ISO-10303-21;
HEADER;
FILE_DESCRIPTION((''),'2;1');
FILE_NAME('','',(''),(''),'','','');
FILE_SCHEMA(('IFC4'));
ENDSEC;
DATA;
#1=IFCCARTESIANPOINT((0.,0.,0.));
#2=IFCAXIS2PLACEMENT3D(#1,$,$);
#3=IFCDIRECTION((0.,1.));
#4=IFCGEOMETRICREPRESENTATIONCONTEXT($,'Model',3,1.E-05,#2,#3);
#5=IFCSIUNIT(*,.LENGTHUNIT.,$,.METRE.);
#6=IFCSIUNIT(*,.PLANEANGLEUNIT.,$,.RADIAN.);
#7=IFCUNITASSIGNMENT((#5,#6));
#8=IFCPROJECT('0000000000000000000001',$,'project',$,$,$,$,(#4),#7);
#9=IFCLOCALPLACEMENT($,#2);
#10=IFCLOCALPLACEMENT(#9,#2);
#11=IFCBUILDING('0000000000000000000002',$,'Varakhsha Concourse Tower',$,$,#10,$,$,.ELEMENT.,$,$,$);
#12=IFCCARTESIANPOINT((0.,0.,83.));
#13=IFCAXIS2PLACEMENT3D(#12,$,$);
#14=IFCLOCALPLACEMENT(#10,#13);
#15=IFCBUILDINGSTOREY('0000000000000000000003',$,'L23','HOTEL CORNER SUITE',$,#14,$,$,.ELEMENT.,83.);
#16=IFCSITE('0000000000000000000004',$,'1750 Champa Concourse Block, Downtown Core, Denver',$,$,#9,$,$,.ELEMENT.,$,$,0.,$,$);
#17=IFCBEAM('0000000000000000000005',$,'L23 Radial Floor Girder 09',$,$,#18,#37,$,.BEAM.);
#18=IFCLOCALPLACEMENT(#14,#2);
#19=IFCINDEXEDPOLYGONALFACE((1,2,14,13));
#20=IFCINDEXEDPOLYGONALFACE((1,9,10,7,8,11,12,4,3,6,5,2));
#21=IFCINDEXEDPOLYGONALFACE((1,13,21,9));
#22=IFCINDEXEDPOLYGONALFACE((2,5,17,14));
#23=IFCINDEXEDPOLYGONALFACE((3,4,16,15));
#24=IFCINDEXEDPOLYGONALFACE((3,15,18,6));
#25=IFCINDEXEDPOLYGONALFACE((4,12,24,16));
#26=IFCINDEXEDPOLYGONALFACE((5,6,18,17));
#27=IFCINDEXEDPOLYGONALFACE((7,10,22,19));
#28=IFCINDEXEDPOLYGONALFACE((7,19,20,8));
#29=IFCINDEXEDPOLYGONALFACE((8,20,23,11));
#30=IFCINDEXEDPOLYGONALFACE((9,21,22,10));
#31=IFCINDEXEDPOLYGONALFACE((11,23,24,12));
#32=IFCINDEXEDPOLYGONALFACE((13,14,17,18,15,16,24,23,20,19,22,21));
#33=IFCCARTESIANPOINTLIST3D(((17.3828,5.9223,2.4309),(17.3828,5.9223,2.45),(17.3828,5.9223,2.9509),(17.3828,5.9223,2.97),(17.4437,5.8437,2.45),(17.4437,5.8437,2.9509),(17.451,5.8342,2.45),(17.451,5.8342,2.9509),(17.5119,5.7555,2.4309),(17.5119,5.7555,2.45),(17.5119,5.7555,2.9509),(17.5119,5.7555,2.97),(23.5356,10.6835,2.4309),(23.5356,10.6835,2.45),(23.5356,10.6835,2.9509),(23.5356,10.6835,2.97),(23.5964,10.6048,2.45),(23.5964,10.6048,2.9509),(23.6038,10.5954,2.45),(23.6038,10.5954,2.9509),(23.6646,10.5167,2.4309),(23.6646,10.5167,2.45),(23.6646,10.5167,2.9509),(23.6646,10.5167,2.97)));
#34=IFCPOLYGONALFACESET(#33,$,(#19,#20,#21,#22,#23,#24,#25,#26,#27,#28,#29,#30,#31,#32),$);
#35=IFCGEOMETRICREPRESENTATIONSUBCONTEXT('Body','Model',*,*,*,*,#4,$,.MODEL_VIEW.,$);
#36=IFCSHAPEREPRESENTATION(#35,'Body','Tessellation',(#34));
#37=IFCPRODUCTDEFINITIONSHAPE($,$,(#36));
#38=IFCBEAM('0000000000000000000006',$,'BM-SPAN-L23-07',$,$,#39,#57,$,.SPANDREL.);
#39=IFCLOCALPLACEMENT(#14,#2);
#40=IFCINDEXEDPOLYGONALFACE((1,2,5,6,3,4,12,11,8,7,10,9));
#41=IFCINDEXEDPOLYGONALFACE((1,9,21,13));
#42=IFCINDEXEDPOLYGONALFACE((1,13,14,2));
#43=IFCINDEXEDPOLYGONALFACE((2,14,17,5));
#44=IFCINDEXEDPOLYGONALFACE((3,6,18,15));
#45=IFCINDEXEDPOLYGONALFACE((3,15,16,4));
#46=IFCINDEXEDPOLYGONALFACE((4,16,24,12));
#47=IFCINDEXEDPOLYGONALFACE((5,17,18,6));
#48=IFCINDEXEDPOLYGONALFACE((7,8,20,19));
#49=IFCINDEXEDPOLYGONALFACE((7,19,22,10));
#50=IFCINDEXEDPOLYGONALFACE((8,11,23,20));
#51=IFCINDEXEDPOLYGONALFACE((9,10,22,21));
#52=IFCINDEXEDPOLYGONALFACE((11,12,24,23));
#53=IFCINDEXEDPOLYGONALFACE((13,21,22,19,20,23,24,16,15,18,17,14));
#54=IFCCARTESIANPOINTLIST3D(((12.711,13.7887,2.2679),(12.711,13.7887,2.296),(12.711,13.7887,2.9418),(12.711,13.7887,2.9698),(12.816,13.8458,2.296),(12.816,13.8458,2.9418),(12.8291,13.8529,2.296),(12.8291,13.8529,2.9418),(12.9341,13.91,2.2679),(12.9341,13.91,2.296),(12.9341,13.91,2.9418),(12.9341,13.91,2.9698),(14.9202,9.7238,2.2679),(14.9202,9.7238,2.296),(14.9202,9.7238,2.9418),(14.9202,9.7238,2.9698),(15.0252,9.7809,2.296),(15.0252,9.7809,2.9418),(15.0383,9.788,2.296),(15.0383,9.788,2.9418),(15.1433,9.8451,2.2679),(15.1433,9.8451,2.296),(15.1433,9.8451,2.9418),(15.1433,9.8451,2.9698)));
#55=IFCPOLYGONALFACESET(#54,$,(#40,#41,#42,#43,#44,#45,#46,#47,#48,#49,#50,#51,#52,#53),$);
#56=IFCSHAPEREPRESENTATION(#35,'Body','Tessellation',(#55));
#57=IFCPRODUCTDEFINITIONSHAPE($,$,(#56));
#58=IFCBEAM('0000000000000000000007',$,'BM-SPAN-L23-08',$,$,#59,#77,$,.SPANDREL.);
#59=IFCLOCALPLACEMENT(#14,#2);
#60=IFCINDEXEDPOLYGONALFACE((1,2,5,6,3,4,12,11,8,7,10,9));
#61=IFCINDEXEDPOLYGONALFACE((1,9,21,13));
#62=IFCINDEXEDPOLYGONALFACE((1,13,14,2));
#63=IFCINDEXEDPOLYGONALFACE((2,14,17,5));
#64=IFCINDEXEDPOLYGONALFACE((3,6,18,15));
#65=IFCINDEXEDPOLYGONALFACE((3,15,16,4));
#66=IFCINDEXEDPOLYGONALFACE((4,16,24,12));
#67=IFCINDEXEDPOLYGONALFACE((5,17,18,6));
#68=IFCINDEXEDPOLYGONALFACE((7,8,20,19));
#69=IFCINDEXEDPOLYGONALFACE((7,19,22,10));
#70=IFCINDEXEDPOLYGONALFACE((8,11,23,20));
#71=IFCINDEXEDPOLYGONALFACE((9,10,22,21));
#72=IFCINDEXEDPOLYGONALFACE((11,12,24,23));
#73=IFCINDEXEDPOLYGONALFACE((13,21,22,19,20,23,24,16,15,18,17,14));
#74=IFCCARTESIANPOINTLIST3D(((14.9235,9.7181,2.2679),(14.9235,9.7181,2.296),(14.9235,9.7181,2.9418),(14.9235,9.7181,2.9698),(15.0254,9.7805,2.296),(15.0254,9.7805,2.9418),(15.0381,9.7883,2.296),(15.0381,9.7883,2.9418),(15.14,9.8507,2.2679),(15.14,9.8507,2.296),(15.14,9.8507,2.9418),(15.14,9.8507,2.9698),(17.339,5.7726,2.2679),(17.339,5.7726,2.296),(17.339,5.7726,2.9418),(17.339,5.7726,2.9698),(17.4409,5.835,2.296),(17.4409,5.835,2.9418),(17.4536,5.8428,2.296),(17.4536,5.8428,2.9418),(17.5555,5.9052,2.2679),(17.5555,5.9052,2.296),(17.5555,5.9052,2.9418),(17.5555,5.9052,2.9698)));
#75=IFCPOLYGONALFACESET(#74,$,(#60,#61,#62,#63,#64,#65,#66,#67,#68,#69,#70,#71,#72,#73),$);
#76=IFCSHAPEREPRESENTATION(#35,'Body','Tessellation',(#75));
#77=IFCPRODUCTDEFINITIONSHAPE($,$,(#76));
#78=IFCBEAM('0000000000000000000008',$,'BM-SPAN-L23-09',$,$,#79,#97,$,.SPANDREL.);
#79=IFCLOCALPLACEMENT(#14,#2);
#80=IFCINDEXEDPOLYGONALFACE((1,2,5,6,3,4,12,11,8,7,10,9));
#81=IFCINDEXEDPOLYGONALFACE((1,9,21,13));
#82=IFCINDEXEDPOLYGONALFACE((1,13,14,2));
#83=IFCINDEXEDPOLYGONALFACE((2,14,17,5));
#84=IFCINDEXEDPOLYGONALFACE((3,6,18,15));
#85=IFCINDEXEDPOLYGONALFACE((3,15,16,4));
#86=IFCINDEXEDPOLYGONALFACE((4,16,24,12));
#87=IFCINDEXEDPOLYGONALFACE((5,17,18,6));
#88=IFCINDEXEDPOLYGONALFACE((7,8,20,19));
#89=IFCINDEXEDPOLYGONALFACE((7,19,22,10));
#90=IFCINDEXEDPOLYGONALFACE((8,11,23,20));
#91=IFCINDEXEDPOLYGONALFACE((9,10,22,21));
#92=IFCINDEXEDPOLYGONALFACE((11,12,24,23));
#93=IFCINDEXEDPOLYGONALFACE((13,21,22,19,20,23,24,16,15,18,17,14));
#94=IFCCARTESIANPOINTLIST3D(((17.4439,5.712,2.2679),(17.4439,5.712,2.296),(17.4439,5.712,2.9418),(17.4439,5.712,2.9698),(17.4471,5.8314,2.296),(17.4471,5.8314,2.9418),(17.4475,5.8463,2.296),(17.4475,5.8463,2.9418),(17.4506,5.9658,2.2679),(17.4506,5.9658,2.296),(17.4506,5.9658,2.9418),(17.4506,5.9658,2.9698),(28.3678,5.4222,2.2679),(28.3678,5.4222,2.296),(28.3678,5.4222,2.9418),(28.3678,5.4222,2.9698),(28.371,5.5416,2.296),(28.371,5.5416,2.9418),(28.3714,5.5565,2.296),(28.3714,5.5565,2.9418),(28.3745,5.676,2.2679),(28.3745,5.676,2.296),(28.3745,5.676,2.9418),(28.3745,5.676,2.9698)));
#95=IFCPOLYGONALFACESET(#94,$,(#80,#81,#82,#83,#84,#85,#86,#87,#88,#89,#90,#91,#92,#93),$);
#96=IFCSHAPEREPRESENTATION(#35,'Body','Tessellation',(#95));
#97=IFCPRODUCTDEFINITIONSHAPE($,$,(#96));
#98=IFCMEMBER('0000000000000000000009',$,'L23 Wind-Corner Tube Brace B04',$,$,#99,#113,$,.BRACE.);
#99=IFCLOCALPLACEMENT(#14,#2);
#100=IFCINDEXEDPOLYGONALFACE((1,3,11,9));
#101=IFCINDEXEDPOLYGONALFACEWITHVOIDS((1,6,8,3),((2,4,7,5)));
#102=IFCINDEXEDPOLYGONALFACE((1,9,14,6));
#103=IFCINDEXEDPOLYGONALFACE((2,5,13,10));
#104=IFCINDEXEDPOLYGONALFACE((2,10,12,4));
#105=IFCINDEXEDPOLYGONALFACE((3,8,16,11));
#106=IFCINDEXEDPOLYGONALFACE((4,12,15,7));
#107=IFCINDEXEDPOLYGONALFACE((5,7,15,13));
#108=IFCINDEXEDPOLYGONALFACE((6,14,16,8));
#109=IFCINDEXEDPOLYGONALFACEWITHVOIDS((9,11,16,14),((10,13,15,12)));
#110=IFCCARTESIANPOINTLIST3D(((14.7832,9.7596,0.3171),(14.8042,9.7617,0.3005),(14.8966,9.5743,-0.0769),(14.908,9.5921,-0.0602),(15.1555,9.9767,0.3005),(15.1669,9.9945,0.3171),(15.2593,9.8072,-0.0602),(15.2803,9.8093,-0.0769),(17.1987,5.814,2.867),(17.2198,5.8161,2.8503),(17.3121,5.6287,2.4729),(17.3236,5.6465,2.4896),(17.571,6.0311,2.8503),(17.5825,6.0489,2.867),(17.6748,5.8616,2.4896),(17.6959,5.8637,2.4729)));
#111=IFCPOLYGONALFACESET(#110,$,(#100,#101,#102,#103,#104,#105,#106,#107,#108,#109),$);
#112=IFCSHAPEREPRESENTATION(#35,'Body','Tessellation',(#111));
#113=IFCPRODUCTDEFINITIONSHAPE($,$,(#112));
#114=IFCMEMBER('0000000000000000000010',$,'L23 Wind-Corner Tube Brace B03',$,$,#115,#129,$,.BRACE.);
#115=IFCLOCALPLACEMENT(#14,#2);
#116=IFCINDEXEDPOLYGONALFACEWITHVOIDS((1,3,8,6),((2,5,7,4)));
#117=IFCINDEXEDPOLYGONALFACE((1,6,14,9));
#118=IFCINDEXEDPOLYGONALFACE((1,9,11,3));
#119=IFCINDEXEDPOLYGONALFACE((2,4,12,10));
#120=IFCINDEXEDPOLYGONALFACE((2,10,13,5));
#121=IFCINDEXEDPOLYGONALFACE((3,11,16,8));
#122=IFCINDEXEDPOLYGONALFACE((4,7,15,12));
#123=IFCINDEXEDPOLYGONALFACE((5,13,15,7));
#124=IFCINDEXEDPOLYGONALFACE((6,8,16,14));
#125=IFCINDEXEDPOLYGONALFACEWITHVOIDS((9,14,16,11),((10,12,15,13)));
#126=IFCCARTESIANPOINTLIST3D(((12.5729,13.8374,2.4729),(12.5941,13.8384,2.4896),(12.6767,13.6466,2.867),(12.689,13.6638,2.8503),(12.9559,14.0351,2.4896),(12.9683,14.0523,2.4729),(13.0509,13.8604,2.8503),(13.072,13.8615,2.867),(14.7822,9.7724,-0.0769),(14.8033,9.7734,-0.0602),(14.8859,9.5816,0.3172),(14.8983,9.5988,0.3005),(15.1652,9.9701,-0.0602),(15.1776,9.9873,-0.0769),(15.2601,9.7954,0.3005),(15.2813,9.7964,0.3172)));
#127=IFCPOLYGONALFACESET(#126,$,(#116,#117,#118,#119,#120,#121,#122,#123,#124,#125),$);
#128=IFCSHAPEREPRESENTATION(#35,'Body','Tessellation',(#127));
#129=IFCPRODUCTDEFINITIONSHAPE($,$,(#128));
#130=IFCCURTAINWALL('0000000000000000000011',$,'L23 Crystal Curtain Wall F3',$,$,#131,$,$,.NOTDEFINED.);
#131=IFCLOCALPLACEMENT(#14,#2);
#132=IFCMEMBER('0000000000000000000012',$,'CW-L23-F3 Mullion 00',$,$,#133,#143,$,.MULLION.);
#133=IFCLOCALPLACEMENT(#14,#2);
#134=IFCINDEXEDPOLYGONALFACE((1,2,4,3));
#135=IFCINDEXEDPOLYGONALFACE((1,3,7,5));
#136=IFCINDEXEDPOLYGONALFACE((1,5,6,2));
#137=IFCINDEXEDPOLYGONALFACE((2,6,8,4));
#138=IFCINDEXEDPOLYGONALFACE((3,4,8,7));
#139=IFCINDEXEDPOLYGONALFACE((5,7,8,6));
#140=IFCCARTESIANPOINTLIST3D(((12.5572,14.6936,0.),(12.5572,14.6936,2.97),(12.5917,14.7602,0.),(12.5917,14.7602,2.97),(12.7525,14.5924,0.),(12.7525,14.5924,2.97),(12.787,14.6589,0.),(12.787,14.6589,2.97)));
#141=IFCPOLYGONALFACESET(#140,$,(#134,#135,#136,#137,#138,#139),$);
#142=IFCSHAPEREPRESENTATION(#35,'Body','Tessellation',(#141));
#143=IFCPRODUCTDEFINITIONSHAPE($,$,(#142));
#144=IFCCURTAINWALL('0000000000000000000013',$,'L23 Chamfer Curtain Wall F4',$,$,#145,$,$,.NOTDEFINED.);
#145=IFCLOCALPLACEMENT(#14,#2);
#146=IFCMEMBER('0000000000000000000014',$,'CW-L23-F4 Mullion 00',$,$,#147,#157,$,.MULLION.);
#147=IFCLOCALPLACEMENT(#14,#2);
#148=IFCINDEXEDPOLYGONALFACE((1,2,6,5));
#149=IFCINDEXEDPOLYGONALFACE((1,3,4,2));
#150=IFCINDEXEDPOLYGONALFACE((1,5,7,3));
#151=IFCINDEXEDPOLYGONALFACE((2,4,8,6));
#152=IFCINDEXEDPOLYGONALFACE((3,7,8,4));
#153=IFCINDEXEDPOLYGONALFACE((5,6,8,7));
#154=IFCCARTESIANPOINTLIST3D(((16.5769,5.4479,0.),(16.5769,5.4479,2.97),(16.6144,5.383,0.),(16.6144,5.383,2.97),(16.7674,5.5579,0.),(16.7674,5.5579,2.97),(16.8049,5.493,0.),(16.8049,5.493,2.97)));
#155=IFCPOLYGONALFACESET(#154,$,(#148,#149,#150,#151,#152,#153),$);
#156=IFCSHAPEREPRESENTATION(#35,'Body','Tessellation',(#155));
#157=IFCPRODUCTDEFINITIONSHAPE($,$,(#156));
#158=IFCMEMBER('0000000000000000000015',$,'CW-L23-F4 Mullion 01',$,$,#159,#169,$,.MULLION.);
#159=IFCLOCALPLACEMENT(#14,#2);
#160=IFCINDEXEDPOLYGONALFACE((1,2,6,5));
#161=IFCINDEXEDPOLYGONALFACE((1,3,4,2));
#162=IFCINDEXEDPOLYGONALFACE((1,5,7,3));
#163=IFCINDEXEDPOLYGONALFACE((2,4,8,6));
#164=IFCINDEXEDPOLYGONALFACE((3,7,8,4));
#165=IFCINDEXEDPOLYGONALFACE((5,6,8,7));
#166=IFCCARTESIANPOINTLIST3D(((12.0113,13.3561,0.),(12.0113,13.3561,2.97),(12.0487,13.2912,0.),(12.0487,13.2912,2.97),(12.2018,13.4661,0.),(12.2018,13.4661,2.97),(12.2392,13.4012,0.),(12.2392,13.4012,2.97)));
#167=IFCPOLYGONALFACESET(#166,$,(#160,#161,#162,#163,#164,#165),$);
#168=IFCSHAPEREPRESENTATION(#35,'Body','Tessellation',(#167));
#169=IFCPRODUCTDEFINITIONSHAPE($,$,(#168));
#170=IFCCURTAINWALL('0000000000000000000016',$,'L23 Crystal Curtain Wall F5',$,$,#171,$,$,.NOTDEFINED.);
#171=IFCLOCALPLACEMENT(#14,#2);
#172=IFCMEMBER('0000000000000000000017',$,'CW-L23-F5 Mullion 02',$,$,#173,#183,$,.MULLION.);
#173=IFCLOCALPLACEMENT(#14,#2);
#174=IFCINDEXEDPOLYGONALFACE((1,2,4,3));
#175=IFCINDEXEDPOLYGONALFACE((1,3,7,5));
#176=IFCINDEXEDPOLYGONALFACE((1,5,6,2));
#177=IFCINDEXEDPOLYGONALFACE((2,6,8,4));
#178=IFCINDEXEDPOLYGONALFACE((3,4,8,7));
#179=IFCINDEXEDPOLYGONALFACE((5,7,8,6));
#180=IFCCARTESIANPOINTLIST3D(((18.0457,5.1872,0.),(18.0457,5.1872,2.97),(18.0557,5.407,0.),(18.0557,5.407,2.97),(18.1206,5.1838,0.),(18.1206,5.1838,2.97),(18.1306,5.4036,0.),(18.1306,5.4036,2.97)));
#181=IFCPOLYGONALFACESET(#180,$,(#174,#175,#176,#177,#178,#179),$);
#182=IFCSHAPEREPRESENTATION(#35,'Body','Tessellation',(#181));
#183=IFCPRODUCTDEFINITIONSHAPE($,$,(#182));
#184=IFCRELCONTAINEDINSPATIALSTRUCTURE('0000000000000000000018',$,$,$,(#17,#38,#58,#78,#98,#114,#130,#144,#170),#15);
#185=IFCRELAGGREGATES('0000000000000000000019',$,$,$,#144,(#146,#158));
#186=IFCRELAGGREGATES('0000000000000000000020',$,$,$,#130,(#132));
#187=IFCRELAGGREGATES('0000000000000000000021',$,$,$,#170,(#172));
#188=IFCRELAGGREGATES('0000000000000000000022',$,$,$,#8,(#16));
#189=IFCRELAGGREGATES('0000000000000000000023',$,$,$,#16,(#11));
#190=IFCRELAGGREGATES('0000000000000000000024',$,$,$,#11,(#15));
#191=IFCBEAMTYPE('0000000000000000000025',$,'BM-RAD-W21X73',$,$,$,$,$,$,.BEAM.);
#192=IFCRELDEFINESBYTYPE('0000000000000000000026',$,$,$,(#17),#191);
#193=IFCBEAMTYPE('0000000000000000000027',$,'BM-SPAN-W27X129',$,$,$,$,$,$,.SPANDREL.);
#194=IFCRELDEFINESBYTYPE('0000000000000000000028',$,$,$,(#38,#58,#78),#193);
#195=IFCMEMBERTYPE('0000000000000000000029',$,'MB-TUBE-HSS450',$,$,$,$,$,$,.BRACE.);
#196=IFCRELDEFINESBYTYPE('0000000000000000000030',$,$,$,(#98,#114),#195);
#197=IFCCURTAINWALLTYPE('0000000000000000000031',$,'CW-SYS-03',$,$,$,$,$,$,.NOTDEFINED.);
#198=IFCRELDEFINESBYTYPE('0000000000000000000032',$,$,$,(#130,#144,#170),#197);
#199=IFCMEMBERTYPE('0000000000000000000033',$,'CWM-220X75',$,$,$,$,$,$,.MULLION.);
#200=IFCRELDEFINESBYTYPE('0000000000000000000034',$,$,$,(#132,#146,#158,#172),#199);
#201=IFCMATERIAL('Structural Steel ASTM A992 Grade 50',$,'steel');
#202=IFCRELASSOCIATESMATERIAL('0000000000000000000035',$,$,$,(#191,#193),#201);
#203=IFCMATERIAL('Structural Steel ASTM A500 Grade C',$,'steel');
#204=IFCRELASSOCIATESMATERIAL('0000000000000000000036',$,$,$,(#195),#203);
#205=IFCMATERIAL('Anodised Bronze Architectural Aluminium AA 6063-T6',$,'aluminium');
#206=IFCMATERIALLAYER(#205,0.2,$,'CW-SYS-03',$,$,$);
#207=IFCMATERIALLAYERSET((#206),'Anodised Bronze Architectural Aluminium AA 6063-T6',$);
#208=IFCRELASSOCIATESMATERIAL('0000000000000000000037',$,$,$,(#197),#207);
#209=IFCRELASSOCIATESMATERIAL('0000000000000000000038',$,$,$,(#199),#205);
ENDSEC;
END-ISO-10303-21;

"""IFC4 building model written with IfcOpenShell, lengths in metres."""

from ifc_helpers import new_model, si_unit, direction, frame, origin, origin_2d, place, context, subcontext, project, spatial, rectangle, hollow_rectangle, i_section, extrude, source, transform, mapped, material, layer, layer_set, material_profile, profile_set, type_object, type_shapes, element, aggregate, save


model = new_model("IFC4")

# Units and contexts
model_context = context("Model", 3, precision=1e-05, world=origin(), true_north=direction((0.0, 1.0)))
body_context = subcontext(model_context, "Body", "Model", "MODEL_VIEW")
ifc_project = project(units=[si_unit("LENGTHUNIT", "METRE"), si_unit("PLANEANGLEUNIT", "RADIAN")], contexts=[model_context])

# Site, building, storey
site_placement = place(None, origin())
site = spatial("IfcSite", under=ifc_project, at=site_placement, Name="1750 Champa Concourse Block, Downtown Core, Denver", CompositionType="ELEMENT", RefElevation=0.0)
building_placement = place(site_placement, origin())
building = spatial("IfcBuilding", under=site, at=building_placement, Name="Varakhsha Concourse Tower", CompositionType="ELEMENT")
storey_placement = place(building_placement, frame((0.0, 0.0, 83.0)))
storey = spatial("IfcBuildingStorey", under=building, at=storey_placement, Name="L23", Description="HOTEL CORNER SUITE", CompositionType="ELEMENT", Elevation=83.0)

# Shared definitions
ifc_material_1 = material(Name="Structural Steel ASTM A992 Grade 50", Category="steel")

# Beams
ifc_material_profile_1 = material_profile(ifc_material_1, i_section(OverallWidth=0.2109, OverallDepth=0.5391, WebThickness=0.012, FlangeThickness=0.019, at=origin_2d()), Name="W21X73")
ifc_profile_set_1 = profile_set([ifc_material_profile_1], Name="Structural Steel ASTM A992 Grade 50")
beam_type_1 = type_object("IfcBeamType", Name="BM-RAD-W21X73", PredefinedType="BEAM", material=ifc_profile_set_1)
beam_1_placement = place(storey_placement, frame((23.6001, 10.6001, 2.7004), z_axis=(-0.790864, -0.611992, 0.0), x_axis=(0.611992, -0.790864, 0.0)))
element("IfcBeam", 1, at=beam_1_placement, inside=storey, type_object=beam_type_1, Name="L23 Radial Floor Girder 09", PredefinedType="BEAM", context=body_context, shape_type="SweptSolid", body=[
    extrude(i_section(OverallWidth=0.2109, OverallDepth=0.5391, WebThickness=0.012, FlangeThickness=0.019, at=origin_2d()), origin(), (0.0, 0.0, 1.0), 7.7798),
])
ifc_material_profile_2 = material_profile(ifc_material_1, i_section(OverallWidth=0.2539, OverallDepth=0.7019, WebThickness=0.0149, FlangeThickness=0.0281, at=origin_2d()), Name="W27X129")
ifc_profile_set_2 = profile_set([ifc_material_profile_2], Name="Structural Steel ASTM A992 Grade 50")
beam_type_2 = type_object("IfcBeamType", Name="BM-SPAN-W27X129", PredefinedType="SPANDREL", material=ifc_profile_set_2)
beam_2_placement = place(storey_placement, frame((12.8225, 13.8494, 2.6189), z_axis=(0.477517, -0.878623, 0.0), x_axis=(0.878623, 0.477517, 0.0)))
element("IfcBeam", 2, at=beam_2_placement, inside=storey, type_object=beam_type_2, Name="BM-SPAN-L23-07", PredefinedType="SPANDREL", context=body_context, shape_type="SweptSolid", body=[
    extrude(i_section(OverallWidth=0.2539, OverallDepth=0.7019, WebThickness=0.0149, FlangeThickness=0.0281, at=origin_2d()), origin(), (0.0, 0.0, 1.0), 4.6265),
])
beam_3_placement = place(storey_placement, frame((15.0317, 9.7844, 2.6189), z_axis=(0.522135, -0.852863, 0.0), x_axis=(0.852863, 0.522135, 0.0)))
element("IfcBeam", 3, at=beam_3_placement, inside=storey, type_object=beam_type_2, Name="BM-SPAN-L23-08", PredefinedType="SPANDREL", context=body_context, shape_type="SweptSolid", body=[
    extrude(i_section(OverallWidth=0.2539, OverallDepth=0.7019, WebThickness=0.0149, FlangeThickness=0.0281, at=origin_2d()), origin(), (0.0, 0.0, 1.0), 4.6262),
])
beam_4_placement = place(storey_placement, frame((17.4473, 5.8389, 2.6189), z_axis=(0.999648, -0.026519, 0.0), x_axis=(0.026519, 0.999648, 0.0)))
element("IfcBeam", 4, at=beam_4_placement, inside=storey, type_object=beam_type_2, Name="BM-SPAN-L23-09", PredefinedType="SPANDREL", context=body_context, shape_type="SweptSolid", body=[
    extrude(i_section(OverallWidth=0.2539, OverallDepth=0.7019, WebThickness=0.0149, FlangeThickness=0.0281, at=origin_2d()), origin(), (0.0, 0.0, 1.0), 10.9277),
])

# Members
ifc_material_2 = material(Name="Structural Steel ASTM A500 Grade C", Category="steel")
ifc_material_profile_3 = material_profile(ifc_material_2, hollow_rectangle(XDim=0.45, YDim=0.45, WallThickness=0.019, at=origin_2d()), Name="HSS 450x450x19")
ifc_profile_set_3 = profile_set([ifc_material_profile_3], Name="Structural Steel ASTM A500 Grade C")
member_type_1 = type_object("IfcMemberType", Name="MB-TUBE-HSS450", PredefinedType="BRACE", material=ifc_profile_set_3)
shared_shape_1 = source(origin(), body_context, "Body", "SweptSolid", [
    extrude(hollow_rectangle(XDim=0.45, YDim=0.45, WallThickness=0.019, at=origin_2d()), origin(), (0.0, 0.0, 1.0), 5.2825),
])
member_1_placement = place(storey_placement, frame((15.0317, 9.7844, 0.1201), z_axis=(0.457279, -0.746926, 0.482699), x_axis=(0.852863, 0.522135, 0.0)))
element("IfcMember", 5, at=member_1_placement, inside=storey, type_object=member_type_1, Name="L23 Wind-Corner Tube Brace B04", PredefinedType="BRACE", context=body_context, shape_type="MappedRepresentation", body=[
    mapped(shared_shape_1, transform((0.0, 0.0, 0.0), scale=1.0)),
])
shared_shape_2 = source(origin(), body_context, "Body", "SweptSolid", [
    extrude(hollow_rectangle(XDim=0.45, YDim=0.45, WallThickness=0.019, at=origin_2d()), origin(), (0.0, 0.0, 1.0), 5.2827),
])
type_shapes(member_type_1, [shared_shape_1, shared_shape_2])
member_2_placement = place(storey_placement, frame((15.0317, 9.7844, 0.1201), z_axis=(-0.418208, 0.769495, 0.482679), x_axis=(-0.878623, -0.477517, 0.0)))
element("IfcMember", 6, at=member_2_placement, inside=storey, type_object=member_type_1, Name="L23 Wind-Corner Tube Brace B03", PredefinedType="BRACE", context=body_context, shape_type="MappedRepresentation", body=[
    mapped(shared_shape_2, transform((0.0, 0.0, 0.0), scale=1.0)),
])

# Curtain wall, member
ifc_material_3 = material(Name="Anodised Bronze Architectural Aluminium AA 6063-T6", Category="aluminium")
ifc_layer_1 = layer(ifc_material_3, 0.2, Name="CW-SYS-03")
ifc_layer_set_1 = layer_set([ifc_layer_1], Name="Anodised Bronze Architectural Aluminium AA 6063-T6")
curtain_wall_type = type_object("IfcCurtainWallType", Name="CW-SYS-03", PredefinedType="NOTDEFINED", material=ifc_layer_set_1)
curtain_wall_1_placement = place(storey_placement, origin())
curtain_wall_1 = element("IfcCurtainWall", 7, at=curtain_wall_1_placement, inside=storey, type_object=curtain_wall_type, Name="L23 Crystal Curtain Wall F3", PredefinedType="NOTDEFINED")
ifc_material_profile_4 = material_profile(ifc_material_3, rectangle(XDim=0.075, YDim=0.22, at=origin_2d()), Name="CWM-220X75")
ifc_profile_set_4 = profile_set([ifc_material_profile_4], Name="Anodised Bronze Architectural Aluminium AA 6063-T6")
member_type_2 = type_object("IfcMemberType", Name="CWM-220X75", PredefinedType="MULLION", material=ifc_profile_set_4)
shared_shape_3 = source(origin(), body_context, "Body", "SweptSolid", [
    extrude(rectangle(XDim=0.075, YDim=0.22, at=origin_2d()), origin(), (0.0, 0.0, 1.0), 2.97),
])
type_shapes(member_type_2, [shared_shape_3])
member_3_placement = place(storey_placement, frame((12.6721, 14.6763, 0.0), z_axis=(0.0, 0.0, 1.0), x_axis=(0.460186, 0.887823, 0.0)))
member_3 = element("IfcMember", 8, at=member_3_placement, type_object=member_type_2, Name="CW-L23-F3 Mullion 00", PredefinedType="MULLION", context=body_context, shape_type="MappedRepresentation", body=[
    mapped(shared_shape_3, transform((0.0, 0.0, 0.0), scale=1.0)),
])

# Curtain wall, members
curtain_wall_2_placement = place(storey_placement, origin())
curtain_wall_2 = element("IfcCurtainWall", 9, at=curtain_wall_2_placement, inside=storey, type_object=curtain_wall_type, Name="L23 Chamfer Curtain Wall F4", PredefinedType="NOTDEFINED")
member_4_placement = place(storey_placement, frame((16.6909, 5.4705, 0.0), z_axis=(0.0, 0.0, 1.0), x_axis=(-0.499997, 0.866027, 0.0)))
member_4 = element("IfcMember", 10, at=member_4_placement, type_object=member_type_2, Name="CW-L23-F4 Mullion 00", PredefinedType="MULLION", context=body_context, shape_type="MappedRepresentation", body=[
    mapped(shared_shape_3, transform((0.0, 0.0, 0.0), scale=1.0)),
])
member_5_placement = place(storey_placement, frame((12.1252, 13.3787, 0.0), z_axis=(0.0, 0.0, 1.0), x_axis=(-0.499997, 0.866027, 0.0)))
member_5 = element("IfcMember", 11, at=member_5_placement, type_object=member_type_2, Name="CW-L23-F4 Mullion 01", PredefinedType="MULLION", context=body_context, shape_type="MappedRepresentation", body=[
    mapped(shared_shape_3, transform((0.0, 0.0, 0.0), scale=1.0)),
])

# Curtain wall, member
curtain_wall_3_placement = place(storey_placement, origin())
curtain_wall_3 = element("IfcCurtainWall", 12, at=curtain_wall_3_placement, inside=storey, type_object=curtain_wall_type, Name="L23 Crystal Curtain Wall F5", PredefinedType="NOTDEFINED")
member_6_placement = place(storey_placement, frame((18.0881, 5.2954, 0.0), z_axis=(0.0, 0.0, 1.0), x_axis=(-0.99897, 0.04538, 0.0)))
member_6 = element("IfcMember", 13, at=member_6_placement, type_object=member_type_2, Name="CW-L23-F5 Mullion 02", PredefinedType="MULLION", context=body_context, shape_type="MappedRepresentation", body=[
    mapped(shared_shape_3, transform((0.0, 0.0, 0.0), scale=1.0)),
])

aggregate(curtain_wall_2, [member_4, member_5])
aggregate(curtain_wall_1, [member_3])
aggregate(curtain_wall_3, [member_6])

save(model, "model.ifc")
